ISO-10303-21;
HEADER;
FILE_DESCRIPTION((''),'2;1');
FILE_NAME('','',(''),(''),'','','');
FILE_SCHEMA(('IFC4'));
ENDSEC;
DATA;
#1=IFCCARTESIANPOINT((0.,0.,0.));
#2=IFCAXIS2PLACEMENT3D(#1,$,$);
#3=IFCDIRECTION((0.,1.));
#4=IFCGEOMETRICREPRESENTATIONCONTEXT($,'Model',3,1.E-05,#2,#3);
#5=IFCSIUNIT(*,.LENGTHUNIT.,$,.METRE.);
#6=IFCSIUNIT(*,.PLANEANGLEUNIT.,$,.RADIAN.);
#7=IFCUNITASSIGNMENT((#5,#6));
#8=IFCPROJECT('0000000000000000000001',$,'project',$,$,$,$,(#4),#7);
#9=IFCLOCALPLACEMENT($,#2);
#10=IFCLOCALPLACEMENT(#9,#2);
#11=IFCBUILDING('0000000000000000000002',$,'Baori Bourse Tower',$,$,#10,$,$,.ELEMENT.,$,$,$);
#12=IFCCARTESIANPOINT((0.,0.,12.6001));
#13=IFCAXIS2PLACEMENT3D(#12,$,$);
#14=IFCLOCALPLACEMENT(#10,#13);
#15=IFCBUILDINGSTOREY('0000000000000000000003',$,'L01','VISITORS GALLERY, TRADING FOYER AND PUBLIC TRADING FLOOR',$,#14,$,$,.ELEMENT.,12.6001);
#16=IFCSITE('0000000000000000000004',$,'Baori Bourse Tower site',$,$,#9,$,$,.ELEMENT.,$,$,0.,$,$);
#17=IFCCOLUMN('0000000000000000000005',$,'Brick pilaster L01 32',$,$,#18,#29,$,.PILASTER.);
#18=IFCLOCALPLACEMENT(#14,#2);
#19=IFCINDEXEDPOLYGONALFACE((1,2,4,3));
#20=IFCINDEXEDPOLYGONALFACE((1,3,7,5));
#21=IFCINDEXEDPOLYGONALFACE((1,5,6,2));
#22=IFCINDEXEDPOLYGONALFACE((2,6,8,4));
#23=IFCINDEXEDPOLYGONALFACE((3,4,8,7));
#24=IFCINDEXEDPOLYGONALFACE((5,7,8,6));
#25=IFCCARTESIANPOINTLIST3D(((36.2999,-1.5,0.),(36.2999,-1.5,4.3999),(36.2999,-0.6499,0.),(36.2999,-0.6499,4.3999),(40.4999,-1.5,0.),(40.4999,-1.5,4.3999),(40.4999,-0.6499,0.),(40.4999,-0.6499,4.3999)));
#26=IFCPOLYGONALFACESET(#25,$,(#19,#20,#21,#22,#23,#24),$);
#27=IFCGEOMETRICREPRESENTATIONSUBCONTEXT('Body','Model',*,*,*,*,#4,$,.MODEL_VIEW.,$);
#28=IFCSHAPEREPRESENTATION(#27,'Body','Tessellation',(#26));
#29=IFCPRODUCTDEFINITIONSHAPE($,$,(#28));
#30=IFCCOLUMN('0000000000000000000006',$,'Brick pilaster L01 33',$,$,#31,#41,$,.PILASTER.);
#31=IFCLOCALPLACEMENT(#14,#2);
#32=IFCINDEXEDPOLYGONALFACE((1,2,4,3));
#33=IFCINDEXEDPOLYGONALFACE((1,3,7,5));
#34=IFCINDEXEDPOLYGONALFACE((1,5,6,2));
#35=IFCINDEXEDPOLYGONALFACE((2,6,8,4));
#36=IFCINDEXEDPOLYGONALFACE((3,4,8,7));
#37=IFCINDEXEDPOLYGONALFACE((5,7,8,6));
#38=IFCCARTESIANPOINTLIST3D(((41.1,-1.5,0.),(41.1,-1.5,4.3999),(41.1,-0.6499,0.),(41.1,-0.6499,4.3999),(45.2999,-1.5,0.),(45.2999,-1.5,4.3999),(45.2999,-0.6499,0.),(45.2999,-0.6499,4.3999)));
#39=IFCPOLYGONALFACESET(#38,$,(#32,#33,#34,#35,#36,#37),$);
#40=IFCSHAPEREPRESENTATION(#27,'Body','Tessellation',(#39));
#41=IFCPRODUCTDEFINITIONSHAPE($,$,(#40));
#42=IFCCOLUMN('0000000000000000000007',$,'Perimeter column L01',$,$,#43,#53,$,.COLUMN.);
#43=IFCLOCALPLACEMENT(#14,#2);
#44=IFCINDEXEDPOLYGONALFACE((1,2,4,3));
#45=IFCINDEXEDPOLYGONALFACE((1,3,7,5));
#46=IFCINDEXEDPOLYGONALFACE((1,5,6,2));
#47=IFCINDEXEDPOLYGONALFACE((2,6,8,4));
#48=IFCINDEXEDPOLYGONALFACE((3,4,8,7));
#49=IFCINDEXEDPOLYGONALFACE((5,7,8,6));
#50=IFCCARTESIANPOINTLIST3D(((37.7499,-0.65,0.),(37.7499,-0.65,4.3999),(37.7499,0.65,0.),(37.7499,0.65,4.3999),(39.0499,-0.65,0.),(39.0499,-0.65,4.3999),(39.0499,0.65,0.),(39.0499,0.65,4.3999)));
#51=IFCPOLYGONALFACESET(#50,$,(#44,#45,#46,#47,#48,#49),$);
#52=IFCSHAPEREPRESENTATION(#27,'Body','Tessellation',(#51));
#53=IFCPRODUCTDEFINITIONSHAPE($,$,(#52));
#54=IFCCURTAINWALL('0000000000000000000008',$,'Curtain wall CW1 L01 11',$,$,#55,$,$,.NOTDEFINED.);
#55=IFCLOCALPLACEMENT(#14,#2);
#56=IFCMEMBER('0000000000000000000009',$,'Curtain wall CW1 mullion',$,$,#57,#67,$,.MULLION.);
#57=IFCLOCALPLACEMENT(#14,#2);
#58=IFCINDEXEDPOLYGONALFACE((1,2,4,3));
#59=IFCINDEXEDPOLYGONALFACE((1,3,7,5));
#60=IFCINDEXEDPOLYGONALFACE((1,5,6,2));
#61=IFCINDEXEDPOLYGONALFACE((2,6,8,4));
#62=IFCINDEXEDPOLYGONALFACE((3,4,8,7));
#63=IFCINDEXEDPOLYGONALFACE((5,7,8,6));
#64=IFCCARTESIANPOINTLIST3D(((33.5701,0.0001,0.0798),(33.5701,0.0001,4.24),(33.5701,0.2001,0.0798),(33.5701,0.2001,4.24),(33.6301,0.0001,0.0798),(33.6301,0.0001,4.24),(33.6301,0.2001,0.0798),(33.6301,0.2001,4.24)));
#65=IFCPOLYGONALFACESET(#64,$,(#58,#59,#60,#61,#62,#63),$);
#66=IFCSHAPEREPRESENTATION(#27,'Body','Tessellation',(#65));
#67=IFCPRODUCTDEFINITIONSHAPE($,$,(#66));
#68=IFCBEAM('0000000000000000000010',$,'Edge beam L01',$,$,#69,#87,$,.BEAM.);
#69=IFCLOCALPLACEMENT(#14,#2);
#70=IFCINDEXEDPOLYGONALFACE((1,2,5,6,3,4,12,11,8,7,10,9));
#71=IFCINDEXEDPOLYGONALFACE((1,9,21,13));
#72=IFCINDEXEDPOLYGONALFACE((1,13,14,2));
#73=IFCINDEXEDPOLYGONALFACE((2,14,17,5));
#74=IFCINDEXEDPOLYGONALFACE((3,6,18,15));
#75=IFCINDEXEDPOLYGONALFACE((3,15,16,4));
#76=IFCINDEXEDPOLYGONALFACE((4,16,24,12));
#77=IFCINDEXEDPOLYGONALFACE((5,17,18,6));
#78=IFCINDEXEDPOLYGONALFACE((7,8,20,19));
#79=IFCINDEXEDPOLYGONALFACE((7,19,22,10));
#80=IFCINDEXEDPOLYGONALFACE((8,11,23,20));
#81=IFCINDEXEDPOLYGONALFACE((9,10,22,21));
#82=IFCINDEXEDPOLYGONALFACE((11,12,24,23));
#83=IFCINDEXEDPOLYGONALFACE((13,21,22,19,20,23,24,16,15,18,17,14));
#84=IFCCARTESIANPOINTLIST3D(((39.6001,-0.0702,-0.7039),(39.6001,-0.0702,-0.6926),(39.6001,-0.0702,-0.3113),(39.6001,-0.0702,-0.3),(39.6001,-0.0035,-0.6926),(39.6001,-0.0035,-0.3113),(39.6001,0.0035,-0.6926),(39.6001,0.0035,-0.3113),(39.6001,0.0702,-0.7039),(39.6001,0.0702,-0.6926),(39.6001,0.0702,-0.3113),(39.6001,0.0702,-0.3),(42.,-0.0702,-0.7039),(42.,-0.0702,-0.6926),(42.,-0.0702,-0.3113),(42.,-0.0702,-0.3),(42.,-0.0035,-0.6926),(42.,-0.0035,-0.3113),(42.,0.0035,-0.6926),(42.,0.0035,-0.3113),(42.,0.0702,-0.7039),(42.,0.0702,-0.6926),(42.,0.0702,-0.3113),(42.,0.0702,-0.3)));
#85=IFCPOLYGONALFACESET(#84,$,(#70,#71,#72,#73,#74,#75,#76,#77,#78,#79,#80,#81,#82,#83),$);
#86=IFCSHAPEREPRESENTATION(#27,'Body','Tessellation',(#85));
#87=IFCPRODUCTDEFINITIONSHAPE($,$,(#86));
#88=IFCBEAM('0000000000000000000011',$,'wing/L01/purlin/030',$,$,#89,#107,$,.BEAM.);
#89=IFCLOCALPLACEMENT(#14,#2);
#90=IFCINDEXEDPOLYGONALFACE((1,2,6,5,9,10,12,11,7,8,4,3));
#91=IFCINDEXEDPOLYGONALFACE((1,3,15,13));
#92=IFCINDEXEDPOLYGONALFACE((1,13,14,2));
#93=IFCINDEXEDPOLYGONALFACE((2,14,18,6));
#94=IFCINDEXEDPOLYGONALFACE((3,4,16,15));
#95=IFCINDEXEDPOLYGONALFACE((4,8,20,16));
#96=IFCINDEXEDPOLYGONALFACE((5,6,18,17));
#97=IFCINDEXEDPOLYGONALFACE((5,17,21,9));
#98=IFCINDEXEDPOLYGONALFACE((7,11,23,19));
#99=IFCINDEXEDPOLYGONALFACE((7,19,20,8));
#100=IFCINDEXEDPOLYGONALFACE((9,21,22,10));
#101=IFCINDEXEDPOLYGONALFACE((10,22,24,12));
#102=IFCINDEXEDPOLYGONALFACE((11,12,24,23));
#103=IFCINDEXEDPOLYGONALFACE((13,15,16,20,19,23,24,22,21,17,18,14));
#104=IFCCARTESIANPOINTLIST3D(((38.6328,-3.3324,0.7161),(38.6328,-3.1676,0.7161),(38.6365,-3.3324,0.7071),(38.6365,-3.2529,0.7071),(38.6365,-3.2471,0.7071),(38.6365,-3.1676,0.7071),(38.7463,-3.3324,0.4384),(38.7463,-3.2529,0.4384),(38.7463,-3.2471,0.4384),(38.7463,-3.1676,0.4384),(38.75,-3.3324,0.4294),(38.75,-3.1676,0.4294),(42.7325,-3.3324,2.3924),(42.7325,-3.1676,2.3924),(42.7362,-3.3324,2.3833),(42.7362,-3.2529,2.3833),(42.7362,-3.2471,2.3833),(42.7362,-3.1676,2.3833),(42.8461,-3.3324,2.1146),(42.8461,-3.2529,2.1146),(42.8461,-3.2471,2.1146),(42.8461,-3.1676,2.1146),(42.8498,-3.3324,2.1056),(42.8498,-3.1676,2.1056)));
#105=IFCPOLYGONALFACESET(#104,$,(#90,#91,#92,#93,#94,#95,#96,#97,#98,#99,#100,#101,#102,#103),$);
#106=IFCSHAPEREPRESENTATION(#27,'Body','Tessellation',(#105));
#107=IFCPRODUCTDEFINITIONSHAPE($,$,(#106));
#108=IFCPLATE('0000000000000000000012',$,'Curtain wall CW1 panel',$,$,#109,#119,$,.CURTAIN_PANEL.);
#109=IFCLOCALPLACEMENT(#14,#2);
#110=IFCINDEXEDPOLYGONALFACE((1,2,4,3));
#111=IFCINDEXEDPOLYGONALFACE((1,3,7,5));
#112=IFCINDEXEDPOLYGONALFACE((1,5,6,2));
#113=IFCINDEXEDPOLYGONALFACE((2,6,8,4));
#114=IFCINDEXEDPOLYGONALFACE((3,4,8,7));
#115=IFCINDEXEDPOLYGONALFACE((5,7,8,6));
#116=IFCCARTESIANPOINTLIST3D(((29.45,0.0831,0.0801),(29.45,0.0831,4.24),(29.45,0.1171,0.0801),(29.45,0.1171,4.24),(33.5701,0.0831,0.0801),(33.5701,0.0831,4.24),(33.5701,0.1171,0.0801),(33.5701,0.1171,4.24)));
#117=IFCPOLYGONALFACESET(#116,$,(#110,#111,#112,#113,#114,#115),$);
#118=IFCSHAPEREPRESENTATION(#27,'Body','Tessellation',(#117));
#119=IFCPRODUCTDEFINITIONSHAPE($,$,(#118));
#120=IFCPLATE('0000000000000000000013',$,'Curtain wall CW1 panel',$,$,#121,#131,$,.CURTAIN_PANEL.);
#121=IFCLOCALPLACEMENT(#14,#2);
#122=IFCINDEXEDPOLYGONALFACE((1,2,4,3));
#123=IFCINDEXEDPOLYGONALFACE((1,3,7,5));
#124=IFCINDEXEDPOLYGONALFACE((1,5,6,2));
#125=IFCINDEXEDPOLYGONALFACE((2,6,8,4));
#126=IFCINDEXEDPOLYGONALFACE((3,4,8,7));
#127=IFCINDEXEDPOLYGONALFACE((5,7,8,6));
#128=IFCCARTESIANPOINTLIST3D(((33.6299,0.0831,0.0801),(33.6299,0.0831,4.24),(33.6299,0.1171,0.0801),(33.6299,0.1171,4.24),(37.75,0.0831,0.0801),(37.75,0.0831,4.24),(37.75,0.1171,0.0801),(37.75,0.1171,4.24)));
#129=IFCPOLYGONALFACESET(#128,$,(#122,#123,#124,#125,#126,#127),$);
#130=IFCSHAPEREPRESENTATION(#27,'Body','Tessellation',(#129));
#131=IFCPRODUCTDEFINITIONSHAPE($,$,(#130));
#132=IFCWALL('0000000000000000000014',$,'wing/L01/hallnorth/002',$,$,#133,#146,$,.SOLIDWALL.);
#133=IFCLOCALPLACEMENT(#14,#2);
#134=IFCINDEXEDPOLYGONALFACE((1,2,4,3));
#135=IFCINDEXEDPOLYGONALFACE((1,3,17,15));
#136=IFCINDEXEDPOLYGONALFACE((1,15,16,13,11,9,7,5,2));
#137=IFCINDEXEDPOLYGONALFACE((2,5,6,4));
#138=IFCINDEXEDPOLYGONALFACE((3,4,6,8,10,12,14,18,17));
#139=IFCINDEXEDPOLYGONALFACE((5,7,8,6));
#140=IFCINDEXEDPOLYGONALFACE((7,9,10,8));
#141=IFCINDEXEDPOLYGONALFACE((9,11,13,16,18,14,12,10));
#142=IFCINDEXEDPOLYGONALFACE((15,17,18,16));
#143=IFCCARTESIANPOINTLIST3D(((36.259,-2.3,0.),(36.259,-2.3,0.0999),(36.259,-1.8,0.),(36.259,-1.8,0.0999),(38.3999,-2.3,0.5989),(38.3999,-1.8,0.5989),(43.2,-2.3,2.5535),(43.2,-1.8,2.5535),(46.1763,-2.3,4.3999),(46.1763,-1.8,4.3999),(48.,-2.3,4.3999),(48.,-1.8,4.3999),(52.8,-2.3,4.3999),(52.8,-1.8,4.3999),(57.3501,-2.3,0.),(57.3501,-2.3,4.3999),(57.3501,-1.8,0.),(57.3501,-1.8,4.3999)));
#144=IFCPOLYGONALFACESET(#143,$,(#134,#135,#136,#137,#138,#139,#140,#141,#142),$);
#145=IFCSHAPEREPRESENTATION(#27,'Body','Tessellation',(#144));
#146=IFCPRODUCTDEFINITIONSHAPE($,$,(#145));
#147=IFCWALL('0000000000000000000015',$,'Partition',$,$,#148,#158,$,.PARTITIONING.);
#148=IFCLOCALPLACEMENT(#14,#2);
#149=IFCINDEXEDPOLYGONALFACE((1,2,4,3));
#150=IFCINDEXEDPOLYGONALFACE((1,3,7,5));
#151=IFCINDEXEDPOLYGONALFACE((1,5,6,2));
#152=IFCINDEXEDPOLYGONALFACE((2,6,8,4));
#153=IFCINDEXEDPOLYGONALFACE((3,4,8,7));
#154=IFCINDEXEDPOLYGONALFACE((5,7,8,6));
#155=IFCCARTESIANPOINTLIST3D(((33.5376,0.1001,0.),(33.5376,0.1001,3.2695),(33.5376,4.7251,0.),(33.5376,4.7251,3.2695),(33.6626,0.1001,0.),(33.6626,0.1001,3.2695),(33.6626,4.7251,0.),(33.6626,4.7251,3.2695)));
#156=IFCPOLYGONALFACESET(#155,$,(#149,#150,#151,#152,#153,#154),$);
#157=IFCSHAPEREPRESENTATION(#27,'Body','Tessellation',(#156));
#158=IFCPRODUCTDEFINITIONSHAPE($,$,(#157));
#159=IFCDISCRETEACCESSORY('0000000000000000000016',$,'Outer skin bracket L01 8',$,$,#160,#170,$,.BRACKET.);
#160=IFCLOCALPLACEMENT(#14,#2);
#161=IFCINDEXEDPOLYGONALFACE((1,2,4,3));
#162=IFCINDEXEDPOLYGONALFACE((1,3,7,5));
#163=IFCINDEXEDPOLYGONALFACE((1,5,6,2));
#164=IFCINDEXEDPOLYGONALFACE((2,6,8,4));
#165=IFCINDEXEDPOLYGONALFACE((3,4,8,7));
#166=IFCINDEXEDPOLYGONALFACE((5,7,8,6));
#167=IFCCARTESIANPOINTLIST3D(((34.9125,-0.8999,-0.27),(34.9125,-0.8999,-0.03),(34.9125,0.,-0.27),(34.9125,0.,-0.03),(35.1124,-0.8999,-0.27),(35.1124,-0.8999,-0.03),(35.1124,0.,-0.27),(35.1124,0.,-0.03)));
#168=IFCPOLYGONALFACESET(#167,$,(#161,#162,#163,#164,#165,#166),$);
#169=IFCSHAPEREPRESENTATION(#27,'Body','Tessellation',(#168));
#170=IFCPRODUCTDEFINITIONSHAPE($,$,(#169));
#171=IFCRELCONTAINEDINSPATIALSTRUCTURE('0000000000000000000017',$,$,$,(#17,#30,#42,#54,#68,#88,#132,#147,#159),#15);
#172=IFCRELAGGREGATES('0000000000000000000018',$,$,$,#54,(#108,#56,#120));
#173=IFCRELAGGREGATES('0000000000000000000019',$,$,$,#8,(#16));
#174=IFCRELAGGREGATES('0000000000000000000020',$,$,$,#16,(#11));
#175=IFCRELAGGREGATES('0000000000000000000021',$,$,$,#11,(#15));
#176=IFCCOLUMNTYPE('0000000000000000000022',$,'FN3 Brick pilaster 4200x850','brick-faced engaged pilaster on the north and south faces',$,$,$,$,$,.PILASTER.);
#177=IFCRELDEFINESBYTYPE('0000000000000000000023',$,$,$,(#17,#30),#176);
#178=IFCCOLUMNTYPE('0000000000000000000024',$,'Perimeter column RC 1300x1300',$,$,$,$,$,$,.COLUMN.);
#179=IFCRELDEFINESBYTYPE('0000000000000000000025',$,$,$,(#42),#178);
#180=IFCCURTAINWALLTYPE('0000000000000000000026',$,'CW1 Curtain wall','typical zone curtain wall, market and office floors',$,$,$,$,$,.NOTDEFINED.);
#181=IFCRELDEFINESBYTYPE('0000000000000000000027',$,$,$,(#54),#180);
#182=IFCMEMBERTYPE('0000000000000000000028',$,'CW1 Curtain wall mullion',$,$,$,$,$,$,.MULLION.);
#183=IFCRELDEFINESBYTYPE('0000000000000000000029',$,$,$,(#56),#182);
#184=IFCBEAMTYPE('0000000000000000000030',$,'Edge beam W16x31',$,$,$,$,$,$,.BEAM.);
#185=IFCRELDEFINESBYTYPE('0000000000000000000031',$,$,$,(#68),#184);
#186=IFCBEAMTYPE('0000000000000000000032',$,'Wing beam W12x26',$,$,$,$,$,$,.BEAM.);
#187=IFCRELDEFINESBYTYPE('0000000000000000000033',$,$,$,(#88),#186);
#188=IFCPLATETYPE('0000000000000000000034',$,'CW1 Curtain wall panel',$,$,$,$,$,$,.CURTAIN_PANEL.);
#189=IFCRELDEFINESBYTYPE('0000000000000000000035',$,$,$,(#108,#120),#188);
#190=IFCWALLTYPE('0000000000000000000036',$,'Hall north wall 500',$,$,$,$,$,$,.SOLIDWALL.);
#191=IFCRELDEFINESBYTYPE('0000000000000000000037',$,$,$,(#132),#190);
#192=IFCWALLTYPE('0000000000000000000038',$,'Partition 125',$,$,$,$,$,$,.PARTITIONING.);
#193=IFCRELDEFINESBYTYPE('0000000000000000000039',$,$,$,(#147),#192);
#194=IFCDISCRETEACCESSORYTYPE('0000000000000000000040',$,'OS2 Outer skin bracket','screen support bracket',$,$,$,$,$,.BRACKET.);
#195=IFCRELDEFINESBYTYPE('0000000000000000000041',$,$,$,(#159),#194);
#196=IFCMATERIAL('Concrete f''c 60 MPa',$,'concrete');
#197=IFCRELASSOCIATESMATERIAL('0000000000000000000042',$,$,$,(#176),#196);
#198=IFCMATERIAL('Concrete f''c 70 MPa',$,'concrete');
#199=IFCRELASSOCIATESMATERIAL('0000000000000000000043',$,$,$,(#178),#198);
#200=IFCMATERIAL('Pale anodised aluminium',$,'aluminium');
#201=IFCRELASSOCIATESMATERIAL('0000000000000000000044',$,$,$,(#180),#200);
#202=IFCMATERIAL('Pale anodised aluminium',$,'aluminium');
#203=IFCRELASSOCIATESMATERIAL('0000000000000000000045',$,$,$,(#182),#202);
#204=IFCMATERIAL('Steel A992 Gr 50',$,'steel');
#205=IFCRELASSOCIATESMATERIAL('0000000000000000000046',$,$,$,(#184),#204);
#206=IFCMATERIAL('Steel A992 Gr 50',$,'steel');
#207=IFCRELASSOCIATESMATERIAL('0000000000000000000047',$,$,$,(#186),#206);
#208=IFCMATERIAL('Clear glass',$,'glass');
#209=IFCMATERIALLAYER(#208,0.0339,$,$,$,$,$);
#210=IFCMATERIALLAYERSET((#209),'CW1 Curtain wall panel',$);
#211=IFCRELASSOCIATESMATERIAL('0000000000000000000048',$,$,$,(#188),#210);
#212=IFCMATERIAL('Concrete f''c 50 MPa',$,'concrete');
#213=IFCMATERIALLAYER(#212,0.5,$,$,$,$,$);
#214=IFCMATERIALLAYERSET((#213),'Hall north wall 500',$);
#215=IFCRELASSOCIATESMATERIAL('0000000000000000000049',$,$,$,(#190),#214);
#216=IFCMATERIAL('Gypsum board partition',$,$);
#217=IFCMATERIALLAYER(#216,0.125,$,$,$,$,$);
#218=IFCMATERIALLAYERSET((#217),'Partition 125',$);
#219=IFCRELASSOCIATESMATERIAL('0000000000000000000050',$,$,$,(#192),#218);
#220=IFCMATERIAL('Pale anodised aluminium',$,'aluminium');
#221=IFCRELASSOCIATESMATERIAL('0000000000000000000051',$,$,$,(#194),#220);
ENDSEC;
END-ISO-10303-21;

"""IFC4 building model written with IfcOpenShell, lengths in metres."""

from ifc_helpers import new_model, si_unit, direction, frame, frame_2d, origin, origin_2d, place, context, subcontext, project, spatial, polyline, rectangle, i_section, outline, extrude, material, layer, layer_set, material_profile, profile_set, type_object, element, aggregate, save


model = new_model("IFC4")

# Units and contexts
model_context = context("Model", 3, precision=1e-05, world=origin(), true_north=direction((0.0, 1.0)))
body_context = subcontext(model_context, "Body", "Model", "MODEL_VIEW")
ifc_project = project(units=[si_unit("LENGTHUNIT", "METRE"), si_unit("PLANEANGLEUNIT", "RADIAN")], contexts=[model_context])

# Site, building, storey
site_placement = place(None, origin())
site = spatial("IfcSite", under=ifc_project, at=site_placement, Name="Baori Bourse Tower site", CompositionType="ELEMENT", RefElevation=0.0)
building_placement = place(site_placement, origin())
building = spatial("IfcBuilding", under=site, at=building_placement, Name="Baori Bourse Tower", CompositionType="ELEMENT")
storey_placement = place(building_placement, frame((0.0, 0.0, 12.6001)))
storey = spatial("IfcBuildingStorey", under=building, at=storey_placement, Name="L01", Description="VISITORS GALLERY, TRADING FOYER AND PUBLIC TRADING FLOOR", CompositionType="ELEMENT", Elevation=12.6001)

# Columns
ifc_material_1 = material(Name="Concrete f'c 60 MPa", Category="concrete")
ifc_material_profile_1 = material_profile(ifc_material_1, rectangle(XDim=4.2, YDim=0.8501, at=origin_2d()), Name="RC 4200x850")
ifc_profile_set_1 = profile_set([ifc_material_profile_1], Name="Concrete f'c 60 MPa")
column_type_1 = type_object("IfcColumnType", Name="FN3 Brick pilaster 4200x850", Description="brick-faced engaged pilaster on the north and south faces", PredefinedType="PILASTER", material=ifc_profile_set_1)
for number, where, z_axis, x_axis, name in (
    (1, (38.3999, -1.075, 0.0), (0.0, 0.0, 1.0), (1.0, 0.0, 0.0), "Brick pilaster L01 32"),
    (2, (43.2, -1.075, 0.0), (0.0, 0.0, 1.0), (1.0, 0.0, 0.0), "Brick pilaster L01 33"),
):
    element("IfcColumn", number, at=place(storey_placement, frame(where, z_axis=z_axis, x_axis=x_axis)), inside=storey, type_object=column_type_1, Name=name, PredefinedType="PILASTER", context=body_context, shape_type="SweptSolid", body=[
        extrude(rectangle(XDim=4.2, YDim=0.8501, at=origin_2d()), origin(), (0.0, 0.0, 1.0), 4.3999),
    ])
ifc_material_2 = material(Name="Concrete f'c 70 MPa", Category="concrete")
ifc_material_profile_2 = material_profile(ifc_material_2, rectangle(XDim=1.3, YDim=1.3, at=origin_2d()), Name="RC 1300x1300")
ifc_profile_set_2 = profile_set([ifc_material_profile_2], Name="Concrete f'c 70 MPa")
column_type_2 = type_object("IfcColumnType", Name="Perimeter column RC 1300x1300", PredefinedType="COLUMN", material=ifc_profile_set_2)
column_placement = place(storey_placement, frame((38.3999, 0.0, 0.0), z_axis=(0.0, 0.0, 1.0), x_axis=(1.0, 0.0, 0.0)))
element("IfcColumn", 3, at=column_placement, inside=storey, type_object=column_type_2, Name="Perimeter column L01", PredefinedType="COLUMN", context=body_context, shape_type="SweptSolid", body=[
    extrude(rectangle(XDim=1.3, YDim=1.3, at=origin_2d()), origin(), (0.0, 0.0, 1.0), 4.3999),
])

# Curtain wall, member
ifc_material_3 = material(Name="Pale anodised aluminium", Category="aluminium")
curtain_wall_type = type_object("IfcCurtainWallType", Name="CW1 Curtain wall", Description="typical zone curtain wall, market and office floors", PredefinedType="NOTDEFINED", material=ifc_material_3)
curtain_wall_placement = place(storey_placement, origin())
curtain_wall = element("IfcCurtainWall", 4, at=curtain_wall_placement, inside=storey, type_object=curtain_wall_type, Name="Curtain wall CW1 L01 11", PredefinedType="NOTDEFINED")
ifc_material_4 = material(Name="Pale anodised aluminium", Category="aluminium")
ifc_material_profile_3 = material_profile(ifc_material_4, rectangle(XDim=0.2, YDim=0.0601, at=origin_2d()), Name="Mullion 60x200")
ifc_profile_set_3 = profile_set([ifc_material_profile_3], Name="Pale anodised aluminium")
member_type = type_object("IfcMemberType", Name="CW1 Curtain wall mullion", PredefinedType="MULLION", material=ifc_profile_set_3)
member_placement = place(storey_placement, frame((33.6001, 0.1001, 0.0798), z_axis=(0.0, 0.0, 1.0), x_axis=(0.0, 1.0, 0.0)))
member = element("IfcMember", 5, at=member_placement, type_object=member_type, Name="Curtain wall CW1 mullion", PredefinedType="MULLION", context=body_context, shape_type="SweptSolid", body=[
    extrude(rectangle(XDim=0.2, YDim=0.0601, at=origin_2d()), origin(), (0.0, 0.0, 1.0), 4.1602),
])

# Beams
ifc_material_5 = material(Name="Steel A992 Gr 50", Category="steel")
ifc_material_profile_4 = material_profile(ifc_material_5, i_section(OverallWidth=0.1404, OverallDepth=0.4038, WebThickness=0.0071, FlangeThickness=0.0112, at=origin_2d()), Name="W16x31")
ifc_profile_set_4 = profile_set([ifc_material_profile_4], Name="Steel A992 Gr 50")
beam_type_1 = type_object("IfcBeamType", Name="Edge beam W16x31", PredefinedType="BEAM", material=ifc_profile_set_4)
beam_1_placement = place(storey_placement, frame((39.6001, 0.0, -0.502), z_axis=(1.0, 0.0, 0.0), x_axis=(0.0, 1.0, 0.0)))
element("IfcBeam", 6, at=beam_1_placement, inside=storey, type_object=beam_type_1, Name="Edge beam L01", PredefinedType="BEAM", context=body_context, shape_type="SweptSolid", body=[
    extrude(i_section(OverallWidth=0.1404, OverallDepth=0.4038, WebThickness=0.0071, FlangeThickness=0.0112, at=origin_2d()), origin(), (0.0, 0.0, 1.0), 2.3999),
])
ifc_material_6 = material(Name="Steel A992 Gr 50", Category="steel")
ifc_material_profile_5 = material_profile(ifc_material_6, i_section(OverallWidth=0.1648, OverallDepth=0.3098, WebThickness=0.0059, FlangeThickness=0.0098, at=origin_2d()), Name="W12x26")
ifc_profile_set_5 = profile_set([ifc_material_profile_5], Name="Steel A992 Gr 50")
beam_type_2 = type_object("IfcBeamType", Name="Wing beam W12x26", PredefinedType="BEAM", material=ifc_profile_set_5)
beam_2_placement = place(storey_placement, frame((38.6914, -3.25, 0.5728), z_axis=(0.925622, 0.0, 0.37845), x_axis=(0.0, 1.0, 0.0)))
element("IfcBeam", 7, at=beam_2_placement, inside=storey, type_object=beam_type_2, Name="wing/L01/purlin/030", PredefinedType="BEAM", context=body_context, shape_type="SweptSolid", body=[
    extrude(i_section(OverallWidth=0.1648, OverallDepth=0.3098, WebThickness=0.0059, FlangeThickness=0.0098, at=origin_2d()), origin(), (0.0, 0.0, 1.0), 4.4292),
])

# Plates
ifc_material_7 = material(Name="Clear glass", Category="glass")
ifc_layer_1 = layer(ifc_material_7, 0.0339)
ifc_layer_set_1 = layer_set([ifc_layer_1], Name="CW1 Curtain wall panel")
plate_type = type_object("IfcPlateType", Name="CW1 Curtain wall panel", PredefinedType="CURTAIN_PANEL", material=ifc_layer_set_1)
plate_1_placement = place(storey_placement, frame((31.51, 0.1001, 0.0801), z_axis=(0.0, 0.0, 1.0), x_axis=(1.0, 0.0, 0.0)))
plate_1 = element("IfcPlate", 8, at=plate_1_placement, type_object=plate_type, Name="Curtain wall CW1 panel", PredefinedType="CURTAIN_PANEL", context=body_context, shape_type="SweptSolid", body=[
    extrude(rectangle(XDim=4.1201, YDim=0.0339, at=origin_2d()), origin(), (0.0, 0.0, 1.0), 4.1599),
])
plate_2_placement = place(storey_placement, frame((35.6899, 0.1001, 0.0801), z_axis=(0.0, 0.0, 1.0), x_axis=(1.0, 0.0, 0.0)))
plate_2 = element("IfcPlate", 9, at=plate_2_placement, type_object=plate_type, Name="Curtain wall CW1 panel", PredefinedType="CURTAIN_PANEL", context=body_context, shape_type="SweptSolid", body=[
    extrude(rectangle(XDim=4.1201, YDim=0.0339, at=origin_2d()), origin(), (0.0, 0.0, 1.0), 4.1599),
])
aggregate(curtain_wall, [plate_1, member, plate_2])

# Walls
ifc_material_8 = material(Name="Concrete f'c 50 MPa", Category="concrete")
ifc_layer_2 = layer(ifc_material_8, 0.5)
ifc_layer_set_2 = layer_set([ifc_layer_2], Name="Hall north wall 500")
wall_type_1 = type_object("IfcWallType", Name="Hall north wall 500", PredefinedType="SOLIDWALL", material=ifc_layer_set_2)
wall_1_placement = place(storey_placement, frame((36.259, -2.05, 0.0), z_axis=(0.0, 0.0, 1.0), x_axis=(1.0, 0.0, 0.0)))
element("IfcWall", 10, at=wall_1_placement, inside=storey, type_object=wall_type_1, Name="wing/L01/hallnorth/002", PredefinedType="SOLIDWALL", context=body_context, shape_type="SweptSolid", body=[
    extrude(outline(polyline([(0.0, 0.0), (21.0911, 0.0), (21.0911, 4.3999), (16.541, 4.3999), (11.741, 4.3999), (9.9172, 4.3999), (6.9409, 2.5535), (2.1409, 0.5989), (0.0, 0.0999), (0.0, 0.0)])), frame((0.0, 0.25, 0.0), z_axis=(0.0, -1.0, 0.0), x_axis=(1.0, 0.0, 0.0)), (0.0, 0.0, 1.0), 0.5),
])
ifc_material_9 = material(Name="Gypsum board partition")
ifc_layer_3 = layer(ifc_material_9, 0.125)
ifc_layer_set_3 = layer_set([ifc_layer_3], Name="Partition 125")
wall_type_2 = type_object("IfcWallType", Name="Partition 125", PredefinedType="PARTITIONING", material=ifc_layer_set_3)
wall_2_placement = place(storey_placement, frame((33.6001, 0.1001, 0.0), z_axis=(0.0, 0.0, 1.0), x_axis=(0.0, 1.0, 0.0)))
element("IfcWall", 11, at=wall_2_placement, inside=storey, type_object=wall_type_2, Name="Partition", PredefinedType="PARTITIONING", context=body_context, shape_type="SweptSolid", body=[
    extrude(rectangle(XDim=4.625, YDim=0.125, at=frame_2d((2.3125, 0.0))), origin(), (0.0, 0.0, 1.0), 3.2695),
])

# Discrete accessory
ifc_material_10 = material(Name="Pale anodised aluminium", Category="aluminium")
discrete_accessory_type = type_object("IfcDiscreteAccessoryType", Name="OS2 Outer skin bracket", Description="screen support bracket", PredefinedType="BRACKET", material=ifc_material_10)
discrete_accessory_placement = place(storey_placement, frame((35.0125, -0.45, -0.27), z_axis=(0.0, 0.0, 1.0), x_axis=(1.0, 0.0, 0.0)))
element("IfcDiscreteAccessory", 12, at=discrete_accessory_placement, inside=storey, type_object=discrete_accessory_type, Name="Outer skin bracket L01 8", PredefinedType="BRACKET", context=body_context, shape_type="SweptSolid", body=[
    extrude(rectangle(XDim=0.2, YDim=0.8999, at=origin_2d()), origin(), (0.0, 0.0, 1.0), 0.24),
])

save(model, "model.ifc")
